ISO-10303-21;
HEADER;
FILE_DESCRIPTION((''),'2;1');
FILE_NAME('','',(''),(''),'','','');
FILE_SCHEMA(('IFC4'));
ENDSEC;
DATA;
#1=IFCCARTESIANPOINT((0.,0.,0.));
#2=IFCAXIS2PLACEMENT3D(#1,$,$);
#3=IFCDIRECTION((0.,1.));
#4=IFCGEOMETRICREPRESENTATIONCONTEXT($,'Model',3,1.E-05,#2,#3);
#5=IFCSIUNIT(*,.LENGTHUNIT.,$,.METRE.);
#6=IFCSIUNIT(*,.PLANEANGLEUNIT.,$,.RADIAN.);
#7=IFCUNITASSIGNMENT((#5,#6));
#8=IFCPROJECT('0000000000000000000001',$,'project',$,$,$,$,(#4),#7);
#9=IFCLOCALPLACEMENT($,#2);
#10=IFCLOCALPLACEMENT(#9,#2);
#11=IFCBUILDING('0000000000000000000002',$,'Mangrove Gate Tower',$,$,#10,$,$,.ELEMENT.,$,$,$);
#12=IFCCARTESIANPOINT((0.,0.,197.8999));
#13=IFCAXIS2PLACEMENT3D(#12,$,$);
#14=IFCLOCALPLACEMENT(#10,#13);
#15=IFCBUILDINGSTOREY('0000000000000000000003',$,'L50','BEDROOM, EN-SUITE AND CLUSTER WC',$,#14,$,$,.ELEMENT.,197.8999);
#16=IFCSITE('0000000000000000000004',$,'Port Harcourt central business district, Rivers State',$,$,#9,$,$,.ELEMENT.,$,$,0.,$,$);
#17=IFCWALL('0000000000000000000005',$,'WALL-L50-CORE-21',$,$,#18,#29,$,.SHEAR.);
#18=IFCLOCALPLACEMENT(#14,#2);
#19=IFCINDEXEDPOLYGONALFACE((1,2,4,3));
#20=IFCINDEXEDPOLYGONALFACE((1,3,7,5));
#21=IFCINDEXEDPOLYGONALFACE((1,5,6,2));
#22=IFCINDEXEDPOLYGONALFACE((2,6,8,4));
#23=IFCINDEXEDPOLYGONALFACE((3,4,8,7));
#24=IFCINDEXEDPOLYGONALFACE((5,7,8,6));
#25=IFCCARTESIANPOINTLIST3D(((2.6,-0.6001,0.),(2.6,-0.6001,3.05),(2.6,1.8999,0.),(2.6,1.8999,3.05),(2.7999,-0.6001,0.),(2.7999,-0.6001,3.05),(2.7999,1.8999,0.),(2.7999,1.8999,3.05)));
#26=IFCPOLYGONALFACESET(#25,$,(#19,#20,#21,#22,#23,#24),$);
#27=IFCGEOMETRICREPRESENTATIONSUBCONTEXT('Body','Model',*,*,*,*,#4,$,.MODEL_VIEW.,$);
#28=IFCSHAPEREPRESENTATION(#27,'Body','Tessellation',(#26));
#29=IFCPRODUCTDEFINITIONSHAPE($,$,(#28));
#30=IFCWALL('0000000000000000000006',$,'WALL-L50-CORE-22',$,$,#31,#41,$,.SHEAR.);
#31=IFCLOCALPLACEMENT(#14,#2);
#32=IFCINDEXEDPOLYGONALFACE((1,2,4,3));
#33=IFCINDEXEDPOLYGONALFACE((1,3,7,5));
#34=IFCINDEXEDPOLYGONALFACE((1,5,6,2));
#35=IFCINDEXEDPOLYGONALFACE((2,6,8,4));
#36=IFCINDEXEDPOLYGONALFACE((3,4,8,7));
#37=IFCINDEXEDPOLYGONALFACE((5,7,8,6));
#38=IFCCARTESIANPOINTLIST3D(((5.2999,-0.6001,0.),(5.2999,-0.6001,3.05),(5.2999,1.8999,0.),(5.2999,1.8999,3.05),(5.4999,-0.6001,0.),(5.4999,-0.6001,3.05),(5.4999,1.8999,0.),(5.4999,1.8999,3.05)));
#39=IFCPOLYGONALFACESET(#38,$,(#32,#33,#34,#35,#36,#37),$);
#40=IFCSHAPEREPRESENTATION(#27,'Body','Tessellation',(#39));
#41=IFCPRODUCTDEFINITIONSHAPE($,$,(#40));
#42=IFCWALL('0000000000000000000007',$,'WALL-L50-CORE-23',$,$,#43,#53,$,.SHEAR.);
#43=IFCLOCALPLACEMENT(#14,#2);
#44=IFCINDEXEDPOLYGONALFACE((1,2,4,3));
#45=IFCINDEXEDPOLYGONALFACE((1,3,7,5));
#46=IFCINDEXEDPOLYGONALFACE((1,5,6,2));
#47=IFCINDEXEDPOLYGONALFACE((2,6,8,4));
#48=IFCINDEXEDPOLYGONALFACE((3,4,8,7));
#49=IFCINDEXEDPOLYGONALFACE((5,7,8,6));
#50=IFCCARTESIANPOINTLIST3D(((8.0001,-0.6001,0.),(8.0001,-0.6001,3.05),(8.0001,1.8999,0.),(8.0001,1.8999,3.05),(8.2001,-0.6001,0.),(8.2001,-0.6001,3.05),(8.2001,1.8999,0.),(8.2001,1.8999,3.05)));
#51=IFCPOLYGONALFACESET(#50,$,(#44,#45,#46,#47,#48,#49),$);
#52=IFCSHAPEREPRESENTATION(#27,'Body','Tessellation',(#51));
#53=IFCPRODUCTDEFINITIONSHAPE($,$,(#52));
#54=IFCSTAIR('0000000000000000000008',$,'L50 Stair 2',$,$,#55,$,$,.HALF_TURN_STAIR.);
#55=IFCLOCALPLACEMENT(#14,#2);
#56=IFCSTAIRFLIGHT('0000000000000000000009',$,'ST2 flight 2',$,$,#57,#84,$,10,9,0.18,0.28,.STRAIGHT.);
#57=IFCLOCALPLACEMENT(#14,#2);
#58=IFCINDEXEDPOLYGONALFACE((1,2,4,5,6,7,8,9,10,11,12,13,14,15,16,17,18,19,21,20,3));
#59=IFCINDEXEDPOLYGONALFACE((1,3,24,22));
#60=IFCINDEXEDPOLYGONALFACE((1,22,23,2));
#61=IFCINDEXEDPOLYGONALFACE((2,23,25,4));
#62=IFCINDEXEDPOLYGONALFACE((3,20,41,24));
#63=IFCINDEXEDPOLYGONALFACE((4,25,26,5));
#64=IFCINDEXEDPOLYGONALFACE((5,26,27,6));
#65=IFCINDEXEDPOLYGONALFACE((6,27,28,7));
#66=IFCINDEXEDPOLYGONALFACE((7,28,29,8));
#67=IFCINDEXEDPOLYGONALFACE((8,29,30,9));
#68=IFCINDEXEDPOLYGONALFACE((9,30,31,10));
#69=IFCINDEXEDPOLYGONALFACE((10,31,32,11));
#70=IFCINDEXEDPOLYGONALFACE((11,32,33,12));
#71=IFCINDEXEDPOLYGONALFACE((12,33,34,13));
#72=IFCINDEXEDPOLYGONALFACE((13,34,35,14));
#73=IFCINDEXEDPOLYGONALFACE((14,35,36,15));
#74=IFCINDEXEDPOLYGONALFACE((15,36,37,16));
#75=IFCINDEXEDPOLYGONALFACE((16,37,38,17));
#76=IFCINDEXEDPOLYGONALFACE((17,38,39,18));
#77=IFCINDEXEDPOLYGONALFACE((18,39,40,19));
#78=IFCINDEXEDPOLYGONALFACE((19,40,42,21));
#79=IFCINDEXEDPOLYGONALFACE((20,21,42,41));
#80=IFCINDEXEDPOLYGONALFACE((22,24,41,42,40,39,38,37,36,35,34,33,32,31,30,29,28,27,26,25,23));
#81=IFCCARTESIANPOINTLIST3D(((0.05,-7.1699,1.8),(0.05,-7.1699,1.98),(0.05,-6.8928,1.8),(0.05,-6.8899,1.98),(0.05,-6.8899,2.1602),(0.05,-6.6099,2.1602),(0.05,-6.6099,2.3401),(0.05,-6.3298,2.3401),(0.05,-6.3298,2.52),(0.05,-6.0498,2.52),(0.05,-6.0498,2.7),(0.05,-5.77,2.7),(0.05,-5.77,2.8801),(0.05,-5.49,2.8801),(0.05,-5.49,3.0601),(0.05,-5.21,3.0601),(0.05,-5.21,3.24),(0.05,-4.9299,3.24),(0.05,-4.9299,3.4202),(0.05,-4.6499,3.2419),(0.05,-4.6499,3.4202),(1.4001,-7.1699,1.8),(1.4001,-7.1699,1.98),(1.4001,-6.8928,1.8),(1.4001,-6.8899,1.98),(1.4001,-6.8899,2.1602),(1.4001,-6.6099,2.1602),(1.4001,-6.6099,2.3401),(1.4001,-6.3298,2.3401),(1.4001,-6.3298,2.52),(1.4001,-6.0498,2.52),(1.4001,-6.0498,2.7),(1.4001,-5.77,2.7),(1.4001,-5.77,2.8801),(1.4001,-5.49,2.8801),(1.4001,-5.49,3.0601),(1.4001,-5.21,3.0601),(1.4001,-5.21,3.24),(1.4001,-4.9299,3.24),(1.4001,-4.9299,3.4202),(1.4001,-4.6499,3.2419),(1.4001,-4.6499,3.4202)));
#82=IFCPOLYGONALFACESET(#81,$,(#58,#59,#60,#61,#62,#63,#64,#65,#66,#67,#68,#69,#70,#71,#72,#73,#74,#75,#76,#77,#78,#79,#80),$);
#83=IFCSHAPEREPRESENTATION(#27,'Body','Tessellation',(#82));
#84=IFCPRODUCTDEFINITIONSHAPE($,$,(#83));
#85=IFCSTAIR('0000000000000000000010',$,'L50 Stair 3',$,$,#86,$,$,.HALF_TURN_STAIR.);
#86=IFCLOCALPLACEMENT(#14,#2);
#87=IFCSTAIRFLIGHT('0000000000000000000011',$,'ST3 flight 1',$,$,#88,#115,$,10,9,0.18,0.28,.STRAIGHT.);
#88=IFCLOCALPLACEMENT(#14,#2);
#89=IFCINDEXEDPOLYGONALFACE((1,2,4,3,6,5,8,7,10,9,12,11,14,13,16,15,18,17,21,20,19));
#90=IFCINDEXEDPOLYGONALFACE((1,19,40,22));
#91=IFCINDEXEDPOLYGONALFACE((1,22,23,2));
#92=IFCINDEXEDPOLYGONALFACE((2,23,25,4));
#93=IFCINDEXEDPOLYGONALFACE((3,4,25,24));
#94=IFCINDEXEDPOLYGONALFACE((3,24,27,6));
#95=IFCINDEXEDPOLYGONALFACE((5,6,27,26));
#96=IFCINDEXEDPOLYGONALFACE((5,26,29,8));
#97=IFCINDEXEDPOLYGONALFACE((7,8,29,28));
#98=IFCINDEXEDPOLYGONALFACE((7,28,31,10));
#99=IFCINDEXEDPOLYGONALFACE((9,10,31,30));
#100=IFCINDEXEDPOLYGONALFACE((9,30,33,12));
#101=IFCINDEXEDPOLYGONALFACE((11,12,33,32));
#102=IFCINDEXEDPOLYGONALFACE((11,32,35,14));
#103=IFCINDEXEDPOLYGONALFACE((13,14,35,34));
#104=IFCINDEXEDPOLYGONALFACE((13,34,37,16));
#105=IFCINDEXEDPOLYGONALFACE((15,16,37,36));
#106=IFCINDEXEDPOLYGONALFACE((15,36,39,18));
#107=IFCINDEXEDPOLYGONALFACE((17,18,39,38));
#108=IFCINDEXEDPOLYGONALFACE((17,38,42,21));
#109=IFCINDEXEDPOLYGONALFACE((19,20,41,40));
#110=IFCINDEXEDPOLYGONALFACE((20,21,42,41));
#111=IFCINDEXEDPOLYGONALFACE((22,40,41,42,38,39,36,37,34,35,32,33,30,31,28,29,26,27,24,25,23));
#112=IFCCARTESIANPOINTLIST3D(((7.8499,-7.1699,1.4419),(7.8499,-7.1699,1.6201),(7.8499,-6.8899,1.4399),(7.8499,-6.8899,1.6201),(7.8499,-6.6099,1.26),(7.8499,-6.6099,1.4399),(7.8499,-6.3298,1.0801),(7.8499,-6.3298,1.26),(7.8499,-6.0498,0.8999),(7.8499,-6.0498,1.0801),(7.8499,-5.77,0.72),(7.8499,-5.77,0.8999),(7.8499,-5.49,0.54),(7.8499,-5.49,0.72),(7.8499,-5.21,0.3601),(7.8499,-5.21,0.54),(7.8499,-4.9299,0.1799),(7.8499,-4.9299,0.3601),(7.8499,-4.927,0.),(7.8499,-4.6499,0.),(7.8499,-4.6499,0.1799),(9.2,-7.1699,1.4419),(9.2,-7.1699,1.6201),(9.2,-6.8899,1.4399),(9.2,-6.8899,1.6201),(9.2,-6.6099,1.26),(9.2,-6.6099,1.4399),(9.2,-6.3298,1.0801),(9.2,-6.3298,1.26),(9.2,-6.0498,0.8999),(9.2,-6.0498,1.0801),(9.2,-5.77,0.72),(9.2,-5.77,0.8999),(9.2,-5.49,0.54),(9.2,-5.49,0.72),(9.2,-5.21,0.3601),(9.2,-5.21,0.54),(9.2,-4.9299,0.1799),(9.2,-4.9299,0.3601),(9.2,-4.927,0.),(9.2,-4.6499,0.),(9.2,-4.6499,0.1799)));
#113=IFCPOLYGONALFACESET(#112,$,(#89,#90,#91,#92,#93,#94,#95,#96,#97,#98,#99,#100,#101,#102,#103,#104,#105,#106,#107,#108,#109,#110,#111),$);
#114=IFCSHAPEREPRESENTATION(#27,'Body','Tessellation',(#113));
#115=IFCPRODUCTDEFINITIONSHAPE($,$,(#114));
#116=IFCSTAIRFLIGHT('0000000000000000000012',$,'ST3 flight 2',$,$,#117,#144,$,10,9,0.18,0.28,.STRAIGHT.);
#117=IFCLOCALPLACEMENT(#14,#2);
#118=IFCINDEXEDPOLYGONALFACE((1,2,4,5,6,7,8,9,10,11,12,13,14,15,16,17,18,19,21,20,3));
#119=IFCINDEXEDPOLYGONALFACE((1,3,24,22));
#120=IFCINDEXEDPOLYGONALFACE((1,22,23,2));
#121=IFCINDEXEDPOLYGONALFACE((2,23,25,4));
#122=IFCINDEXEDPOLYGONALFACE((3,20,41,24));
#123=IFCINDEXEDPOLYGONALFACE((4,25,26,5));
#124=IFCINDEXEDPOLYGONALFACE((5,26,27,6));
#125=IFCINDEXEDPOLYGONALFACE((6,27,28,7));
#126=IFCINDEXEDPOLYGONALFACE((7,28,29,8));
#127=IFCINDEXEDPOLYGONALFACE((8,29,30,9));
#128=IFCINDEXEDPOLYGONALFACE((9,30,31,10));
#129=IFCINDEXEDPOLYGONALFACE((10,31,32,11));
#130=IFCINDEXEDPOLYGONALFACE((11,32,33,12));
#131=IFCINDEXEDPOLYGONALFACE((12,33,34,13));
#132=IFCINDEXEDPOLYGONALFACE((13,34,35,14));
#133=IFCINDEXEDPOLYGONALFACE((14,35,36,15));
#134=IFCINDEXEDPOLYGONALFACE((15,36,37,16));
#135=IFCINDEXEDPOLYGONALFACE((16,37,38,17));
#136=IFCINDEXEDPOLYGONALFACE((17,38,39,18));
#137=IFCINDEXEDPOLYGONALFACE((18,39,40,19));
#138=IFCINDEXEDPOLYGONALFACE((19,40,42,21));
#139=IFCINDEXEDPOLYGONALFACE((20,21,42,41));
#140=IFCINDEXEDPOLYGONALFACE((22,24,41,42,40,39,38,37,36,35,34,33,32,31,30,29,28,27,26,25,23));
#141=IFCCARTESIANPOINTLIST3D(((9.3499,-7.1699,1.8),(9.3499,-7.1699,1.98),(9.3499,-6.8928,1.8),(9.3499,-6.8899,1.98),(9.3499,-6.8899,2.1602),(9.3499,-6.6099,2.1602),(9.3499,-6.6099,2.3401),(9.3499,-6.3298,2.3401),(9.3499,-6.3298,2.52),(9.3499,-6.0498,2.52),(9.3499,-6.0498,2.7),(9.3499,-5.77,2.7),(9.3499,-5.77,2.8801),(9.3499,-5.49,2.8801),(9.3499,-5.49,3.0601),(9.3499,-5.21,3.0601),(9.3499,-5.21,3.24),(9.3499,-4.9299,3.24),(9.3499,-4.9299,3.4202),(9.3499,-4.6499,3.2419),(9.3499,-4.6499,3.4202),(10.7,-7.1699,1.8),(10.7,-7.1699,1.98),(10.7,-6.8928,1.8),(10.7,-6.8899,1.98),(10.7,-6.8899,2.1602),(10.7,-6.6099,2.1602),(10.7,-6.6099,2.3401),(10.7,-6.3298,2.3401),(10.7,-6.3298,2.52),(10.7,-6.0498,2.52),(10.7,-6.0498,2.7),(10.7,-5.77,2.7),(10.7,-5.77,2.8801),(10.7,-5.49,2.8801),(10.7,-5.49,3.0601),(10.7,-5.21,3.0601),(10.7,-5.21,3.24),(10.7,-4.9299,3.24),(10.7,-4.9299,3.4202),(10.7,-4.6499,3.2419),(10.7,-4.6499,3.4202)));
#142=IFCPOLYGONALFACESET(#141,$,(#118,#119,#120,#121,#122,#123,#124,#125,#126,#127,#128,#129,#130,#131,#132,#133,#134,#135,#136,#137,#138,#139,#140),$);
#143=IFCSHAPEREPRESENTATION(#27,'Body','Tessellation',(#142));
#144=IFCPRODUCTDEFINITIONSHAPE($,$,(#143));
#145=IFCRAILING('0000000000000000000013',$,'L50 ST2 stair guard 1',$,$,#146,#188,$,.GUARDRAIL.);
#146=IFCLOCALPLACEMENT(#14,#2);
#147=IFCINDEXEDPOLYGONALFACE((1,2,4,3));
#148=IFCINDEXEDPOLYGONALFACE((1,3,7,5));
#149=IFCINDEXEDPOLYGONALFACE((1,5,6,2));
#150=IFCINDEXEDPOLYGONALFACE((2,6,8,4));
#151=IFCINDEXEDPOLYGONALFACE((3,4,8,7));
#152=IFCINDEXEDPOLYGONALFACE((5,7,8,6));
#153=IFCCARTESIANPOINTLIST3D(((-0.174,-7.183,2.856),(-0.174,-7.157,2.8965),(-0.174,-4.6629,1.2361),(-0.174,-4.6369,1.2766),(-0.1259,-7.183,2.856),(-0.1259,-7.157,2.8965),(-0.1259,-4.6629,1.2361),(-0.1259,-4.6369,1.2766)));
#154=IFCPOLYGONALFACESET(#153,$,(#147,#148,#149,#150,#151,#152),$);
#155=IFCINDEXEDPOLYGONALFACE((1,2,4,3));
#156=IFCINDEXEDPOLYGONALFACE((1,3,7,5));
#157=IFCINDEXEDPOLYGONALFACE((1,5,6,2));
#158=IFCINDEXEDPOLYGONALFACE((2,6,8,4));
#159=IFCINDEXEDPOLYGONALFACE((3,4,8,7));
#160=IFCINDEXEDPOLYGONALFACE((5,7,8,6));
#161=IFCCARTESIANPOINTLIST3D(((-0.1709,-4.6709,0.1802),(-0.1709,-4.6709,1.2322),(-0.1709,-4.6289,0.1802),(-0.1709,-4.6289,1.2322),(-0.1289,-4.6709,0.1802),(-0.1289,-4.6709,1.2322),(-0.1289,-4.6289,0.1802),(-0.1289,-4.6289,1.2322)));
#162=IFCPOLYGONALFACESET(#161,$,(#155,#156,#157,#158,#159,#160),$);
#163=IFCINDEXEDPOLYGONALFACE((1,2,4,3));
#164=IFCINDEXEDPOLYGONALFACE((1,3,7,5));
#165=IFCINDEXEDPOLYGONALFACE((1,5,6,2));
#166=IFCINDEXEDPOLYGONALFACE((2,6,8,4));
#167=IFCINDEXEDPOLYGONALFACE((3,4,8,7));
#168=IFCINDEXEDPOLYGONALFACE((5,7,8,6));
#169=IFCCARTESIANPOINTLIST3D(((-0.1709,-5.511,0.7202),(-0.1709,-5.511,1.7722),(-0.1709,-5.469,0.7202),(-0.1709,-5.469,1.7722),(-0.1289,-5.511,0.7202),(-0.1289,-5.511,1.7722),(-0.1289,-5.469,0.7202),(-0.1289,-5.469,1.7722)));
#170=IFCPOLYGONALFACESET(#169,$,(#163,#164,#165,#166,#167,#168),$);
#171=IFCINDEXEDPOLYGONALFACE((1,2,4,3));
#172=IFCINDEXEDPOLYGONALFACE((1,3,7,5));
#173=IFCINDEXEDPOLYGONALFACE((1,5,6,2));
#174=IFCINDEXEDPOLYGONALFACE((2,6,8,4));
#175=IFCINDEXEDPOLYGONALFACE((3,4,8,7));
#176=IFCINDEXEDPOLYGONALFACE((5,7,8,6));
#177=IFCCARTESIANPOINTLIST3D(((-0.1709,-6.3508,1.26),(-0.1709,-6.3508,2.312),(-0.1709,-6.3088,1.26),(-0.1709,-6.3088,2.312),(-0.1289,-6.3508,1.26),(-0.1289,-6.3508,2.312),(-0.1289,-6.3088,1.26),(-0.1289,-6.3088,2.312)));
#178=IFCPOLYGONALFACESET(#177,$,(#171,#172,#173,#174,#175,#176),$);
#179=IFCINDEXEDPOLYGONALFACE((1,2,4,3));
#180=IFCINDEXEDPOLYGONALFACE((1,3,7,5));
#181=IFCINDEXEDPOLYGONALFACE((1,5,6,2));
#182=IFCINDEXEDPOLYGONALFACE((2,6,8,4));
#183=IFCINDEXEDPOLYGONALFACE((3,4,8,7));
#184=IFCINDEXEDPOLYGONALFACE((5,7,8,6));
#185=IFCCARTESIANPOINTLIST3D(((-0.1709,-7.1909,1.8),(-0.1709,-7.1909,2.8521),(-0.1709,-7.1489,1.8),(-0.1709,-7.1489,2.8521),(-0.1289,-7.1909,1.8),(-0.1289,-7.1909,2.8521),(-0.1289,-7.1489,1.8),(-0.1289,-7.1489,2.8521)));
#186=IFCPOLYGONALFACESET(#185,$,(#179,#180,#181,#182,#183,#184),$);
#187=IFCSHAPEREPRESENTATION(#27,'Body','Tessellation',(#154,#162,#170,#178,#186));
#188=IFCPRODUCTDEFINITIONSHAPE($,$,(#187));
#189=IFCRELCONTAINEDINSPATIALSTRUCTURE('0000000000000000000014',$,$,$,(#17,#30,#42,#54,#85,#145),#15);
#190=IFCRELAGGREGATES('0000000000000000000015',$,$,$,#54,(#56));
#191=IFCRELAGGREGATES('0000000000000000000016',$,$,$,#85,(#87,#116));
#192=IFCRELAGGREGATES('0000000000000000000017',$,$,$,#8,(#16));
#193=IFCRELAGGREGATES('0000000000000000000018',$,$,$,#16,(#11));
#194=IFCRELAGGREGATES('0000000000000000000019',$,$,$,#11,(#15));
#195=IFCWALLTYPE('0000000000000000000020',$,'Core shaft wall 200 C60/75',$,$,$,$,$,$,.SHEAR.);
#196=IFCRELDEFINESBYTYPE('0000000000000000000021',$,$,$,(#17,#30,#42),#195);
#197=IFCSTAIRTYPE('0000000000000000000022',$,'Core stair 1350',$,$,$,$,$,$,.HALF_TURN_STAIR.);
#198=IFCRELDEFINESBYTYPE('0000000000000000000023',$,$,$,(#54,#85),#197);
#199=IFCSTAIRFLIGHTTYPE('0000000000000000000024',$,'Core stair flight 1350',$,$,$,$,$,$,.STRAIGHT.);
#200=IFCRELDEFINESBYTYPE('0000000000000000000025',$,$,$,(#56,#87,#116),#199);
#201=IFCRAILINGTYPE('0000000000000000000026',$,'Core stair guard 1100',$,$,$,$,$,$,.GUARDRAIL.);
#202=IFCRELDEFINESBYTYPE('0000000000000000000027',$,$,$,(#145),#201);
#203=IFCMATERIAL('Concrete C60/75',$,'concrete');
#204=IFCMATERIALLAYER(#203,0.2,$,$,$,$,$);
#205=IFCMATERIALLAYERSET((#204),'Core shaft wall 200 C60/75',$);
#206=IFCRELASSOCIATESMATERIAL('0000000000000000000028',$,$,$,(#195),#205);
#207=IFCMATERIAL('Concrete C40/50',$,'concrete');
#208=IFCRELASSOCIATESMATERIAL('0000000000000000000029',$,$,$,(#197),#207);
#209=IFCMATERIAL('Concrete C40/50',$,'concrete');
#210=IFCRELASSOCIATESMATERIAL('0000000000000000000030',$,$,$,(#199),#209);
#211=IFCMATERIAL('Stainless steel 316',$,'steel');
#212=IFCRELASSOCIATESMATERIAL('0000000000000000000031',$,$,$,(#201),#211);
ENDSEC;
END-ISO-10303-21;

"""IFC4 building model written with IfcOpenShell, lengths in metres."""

from ifc_helpers import new_model, si_unit, direction, frame, frame_2d, origin, origin_2d, place, context, subcontext, project, spatial, polyline, rectangle, outline, extrude, material, layer, layer_set, type_object, element, aggregate, save


model = new_model("IFC4")

# Units and contexts
model_context = context("Model", 3, precision=1e-05, world=origin(), true_north=direction((0.0, 1.0)))
body_context = subcontext(model_context, "Body", "Model", "MODEL_VIEW")
ifc_project = project(units=[si_unit("LENGTHUNIT", "METRE"), si_unit("PLANEANGLEUNIT", "RADIAN")], contexts=[model_context])

# Site, building, storey
site_placement = place(None, origin())
site = spatial("IfcSite", under=ifc_project, at=site_placement, Name="Port Harcourt central business district, Rivers State", CompositionType="ELEMENT", RefElevation=0.0)
building_placement = place(site_placement, origin())
building = spatial("IfcBuilding", under=site, at=building_placement, Name="Mangrove Gate Tower", CompositionType="ELEMENT")
storey_placement = place(building_placement, frame((0.0, 0.0, 197.8999)))
storey = spatial("IfcBuildingStorey", under=building, at=storey_placement, Name="L50", Description="BEDROOM, EN-SUITE AND CLUSTER WC", CompositionType="ELEMENT", Elevation=197.8999)

# Walls
ifc_material_1 = material(Name="Concrete C60/75", Category="concrete")
ifc_layer = layer(ifc_material_1, 0.2)
ifc_layer_set = layer_set([ifc_layer], Name="Core shaft wall 200 C60/75")
wall_type = type_object("IfcWallType", Name="Core shaft wall 200 C60/75", PredefinedType="SHEAR", material=ifc_layer_set)
for number, where, z_axis, x_axis, name in (
    (1, (2.7, -0.6001, 0.0), (0.0, 0.0, 1.0), (0.0, 1.0, 0.0), "WALL-L50-CORE-21"),
    (2, (5.3999, -0.6001, 0.0), (0.0, 0.0, 1.0), (0.0, 1.0, 0.0), "WALL-L50-CORE-22"),
    (3, (8.1001, -0.6001, 0.0), (0.0, 0.0, 1.0), (0.0, 1.0, 0.0), "WALL-L50-CORE-23"),
):
    element("IfcWall", number, at=place(storey_placement, frame(where, z_axis=z_axis, x_axis=x_axis)), inside=storey, type_object=wall_type, Name=name, PredefinedType="SHEAR", context=body_context, shape_type="SweptSolid", body=[
        extrude(rectangle(XDim=2.5, YDim=0.2, at=frame_2d((1.25, 0.0))), origin(), (0.0, 0.0, 1.0), 3.05),
    ])

# Stair, stair flight
ifc_material_2 = material(Name="Concrete C40/50", Category="concrete")
stair_type = type_object("IfcStairType", Name="Core stair 1350", PredefinedType="HALF_TURN_STAIR", material=ifc_material_2)
stair_1_placement = place(storey_placement, origin())
stair_1 = element("IfcStair", 4, at=stair_1_placement, inside=storey, type_object=stair_type, Name="L50 Stair 2", PredefinedType="HALF_TURN_STAIR")
ifc_material_3 = material(Name="Concrete C40/50", Category="concrete")
stair_flight_type = type_object("IfcStairFlightType", Name="Core stair flight 1350", PredefinedType="STRAIGHT", material=ifc_material_3)
stair_flight_1_placement = place(storey_placement, frame((0.7251, -7.1699, 1.8), z_axis=(0.0, 0.0, 1.0), x_axis=(0.0, 1.0, 0.0)))
stair_flight_1 = element("IfcStairFlight", 5, at=stair_flight_1_placement, type_object=stair_flight_type, Name="ST2 flight 2", NumberOfRisers=10, NumberOfTreads=9, PredefinedType="STRAIGHT", RiserHeight=0.18, TreadLength=0.28, context=body_context, shape_type="SweptSolid", body=[
    extrude(outline(polyline([(0.0, 0.0), (0.0, 0.1799), (0.28, 0.1799), (0.28, 0.3601), (0.5601, 0.3601), (0.5601, 0.54), (0.8401, 0.54), (0.8401, 0.72), (1.1201, 0.72), (1.1201, 0.8999), (1.3999, 0.8999), (1.3999, 1.0801), (1.6799, 1.0801), (1.6799, 1.26), (1.96, 1.26), (1.96, 1.4399), (2.24, 1.4399), (2.24, 1.6201), (2.52, 1.6201), (2.52, 1.8), (2.52, 1.4419), (0.2771, 0.0), (0.0, 0.0)])), frame((0.0, 0.675, 0.0), z_axis=(0.0, -1.0, 0.0), x_axis=(1.0, 0.0, 0.0)), (0.0, 0.0, 1.0), 1.3501),
])
aggregate(stair_1, [stair_flight_1])

# Stair, stair flights
stair_2_placement = place(storey_placement, origin())
stair_2 = element("IfcStair", 6, at=stair_2_placement, inside=storey, type_object=stair_type, Name="L50 Stair 3", PredefinedType="HALF_TURN_STAIR")
stair_flight_2_placement = place(storey_placement, frame((8.5249, -4.6499, 0.0), z_axis=(0.0, 0.0, 1.0), x_axis=(0.0, -1.0, 0.0)))
stair_flight_2 = element("IfcStairFlight", 7, at=stair_flight_2_placement, type_object=stair_flight_type, Name="ST3 flight 1", NumberOfRisers=10, NumberOfTreads=9, PredefinedType="STRAIGHT", RiserHeight=0.18, TreadLength=0.28, context=body_context, shape_type="SweptSolid", body=[
    extrude(outline(polyline([(0.0, 0.0), (0.0, 0.1799), (0.28, 0.1799), (0.28, 0.3601), (0.5601, 0.3601), (0.5601, 0.54), (0.8401, 0.54), (0.8401, 0.72), (1.1201, 0.72), (1.1201, 0.8999), (1.3999, 0.8999), (1.3999, 1.0801), (1.6799, 1.0801), (1.6799, 1.26), (1.96, 1.26), (1.96, 1.4399), (2.24, 1.4399), (2.24, 1.6201), (2.52, 1.6201), (2.52, 1.8), (2.52, 1.4419), (0.2771, 0.0), (0.0, 0.0)])), frame((0.0, 0.675, 0.0), z_axis=(0.0, -1.0, 0.0), x_axis=(1.0, 0.0, 0.0)), (0.0, 0.0, 1.0), 1.3501),
])
stair_flight_3_placement = place(storey_placement, frame((10.0249, -7.1699, 1.8), z_axis=(0.0, 0.0, 1.0), x_axis=(0.0, 1.0, 0.0)))
stair_flight_3 = element("IfcStairFlight", 8, at=stair_flight_3_placement, type_object=stair_flight_type, Name="ST3 flight 2", NumberOfRisers=10, NumberOfTreads=9, PredefinedType="STRAIGHT", RiserHeight=0.18, TreadLength=0.28, context=body_context, shape_type="SweptSolid", body=[
    extrude(outline(polyline([(0.0, 0.0), (0.0, 0.1799), (0.28, 0.1799), (0.28, 0.3601), (0.5601, 0.3601), (0.5601, 0.54), (0.8401, 0.54), (0.8401, 0.72), (1.1201, 0.72), (1.1201, 0.8999), (1.3999, 0.8999), (1.3999, 1.0801), (1.6799, 1.0801), (1.6799, 1.26), (1.96, 1.26), (1.96, 1.4399), (2.24, 1.4399), (2.24, 1.6201), (2.52, 1.6201), (2.52, 1.8), (2.52, 1.4419), (0.2771, 0.0), (0.0, 0.0)])), frame((0.0, 0.675, 0.0), z_axis=(0.0, -1.0, 0.0), x_axis=(1.0, 0.0, 0.0)), (0.0, 0.0, 1.0), 1.3501),
])
aggregate(stair_2, [stair_flight_2, stair_flight_3])

# Railing
ifc_material_4 = material(Name="Stainless steel 316", Category="steel")
railing_type_1 = type_object("IfcRailingType", Name="Core stair guard 1100", PredefinedType="GUARDRAIL", material=ifc_material_4)
railing_1_placement = place(storey_placement, frame((-0.1499, -4.6499, 0.1802)))
element("IfcRailing", 9, at=railing_1_placement, inside=storey, type_object=railing_type_1, Name="L50 ST2 stair guard 1", PredefinedType="GUARDRAIL", context=body_context, shape_type="SweptSolid", body=[
    extrude(rectangle(XDim=0.0481, YDim=0.0481, at=origin_2d()), frame((0.0, 0.0, 1.0762), z_axis=(0.0, -0.8412, 0.540725), x_axis=(1.0, 0.0, 0.0)), (0.0, 0.0, 1.0), 2.9958),
    extrude(rectangle(XDim=0.042, YDim=0.042, at=origin_2d()), origin(), (0.0, 0.0, 1.0), 1.052),
    extrude(rectangle(XDim=0.042, YDim=0.042, at=origin_2d()), frame((0.0, -0.8401, 0.54)), (0.0, 0.0, 1.0), 1.052),
    extrude(rectangle(XDim=0.042, YDim=0.042, at=origin_2d()), frame((0.0, -1.6799, 1.0798)), (0.0, 0.0, 1.0), 1.052),
    extrude(rectangle(XDim=0.042, YDim=0.042, at=origin_2d()), frame((0.0, -2.52, 1.6199)), (0.0, 0.0, 1.0), 1.052),
])

save(model, "model.ifc")
